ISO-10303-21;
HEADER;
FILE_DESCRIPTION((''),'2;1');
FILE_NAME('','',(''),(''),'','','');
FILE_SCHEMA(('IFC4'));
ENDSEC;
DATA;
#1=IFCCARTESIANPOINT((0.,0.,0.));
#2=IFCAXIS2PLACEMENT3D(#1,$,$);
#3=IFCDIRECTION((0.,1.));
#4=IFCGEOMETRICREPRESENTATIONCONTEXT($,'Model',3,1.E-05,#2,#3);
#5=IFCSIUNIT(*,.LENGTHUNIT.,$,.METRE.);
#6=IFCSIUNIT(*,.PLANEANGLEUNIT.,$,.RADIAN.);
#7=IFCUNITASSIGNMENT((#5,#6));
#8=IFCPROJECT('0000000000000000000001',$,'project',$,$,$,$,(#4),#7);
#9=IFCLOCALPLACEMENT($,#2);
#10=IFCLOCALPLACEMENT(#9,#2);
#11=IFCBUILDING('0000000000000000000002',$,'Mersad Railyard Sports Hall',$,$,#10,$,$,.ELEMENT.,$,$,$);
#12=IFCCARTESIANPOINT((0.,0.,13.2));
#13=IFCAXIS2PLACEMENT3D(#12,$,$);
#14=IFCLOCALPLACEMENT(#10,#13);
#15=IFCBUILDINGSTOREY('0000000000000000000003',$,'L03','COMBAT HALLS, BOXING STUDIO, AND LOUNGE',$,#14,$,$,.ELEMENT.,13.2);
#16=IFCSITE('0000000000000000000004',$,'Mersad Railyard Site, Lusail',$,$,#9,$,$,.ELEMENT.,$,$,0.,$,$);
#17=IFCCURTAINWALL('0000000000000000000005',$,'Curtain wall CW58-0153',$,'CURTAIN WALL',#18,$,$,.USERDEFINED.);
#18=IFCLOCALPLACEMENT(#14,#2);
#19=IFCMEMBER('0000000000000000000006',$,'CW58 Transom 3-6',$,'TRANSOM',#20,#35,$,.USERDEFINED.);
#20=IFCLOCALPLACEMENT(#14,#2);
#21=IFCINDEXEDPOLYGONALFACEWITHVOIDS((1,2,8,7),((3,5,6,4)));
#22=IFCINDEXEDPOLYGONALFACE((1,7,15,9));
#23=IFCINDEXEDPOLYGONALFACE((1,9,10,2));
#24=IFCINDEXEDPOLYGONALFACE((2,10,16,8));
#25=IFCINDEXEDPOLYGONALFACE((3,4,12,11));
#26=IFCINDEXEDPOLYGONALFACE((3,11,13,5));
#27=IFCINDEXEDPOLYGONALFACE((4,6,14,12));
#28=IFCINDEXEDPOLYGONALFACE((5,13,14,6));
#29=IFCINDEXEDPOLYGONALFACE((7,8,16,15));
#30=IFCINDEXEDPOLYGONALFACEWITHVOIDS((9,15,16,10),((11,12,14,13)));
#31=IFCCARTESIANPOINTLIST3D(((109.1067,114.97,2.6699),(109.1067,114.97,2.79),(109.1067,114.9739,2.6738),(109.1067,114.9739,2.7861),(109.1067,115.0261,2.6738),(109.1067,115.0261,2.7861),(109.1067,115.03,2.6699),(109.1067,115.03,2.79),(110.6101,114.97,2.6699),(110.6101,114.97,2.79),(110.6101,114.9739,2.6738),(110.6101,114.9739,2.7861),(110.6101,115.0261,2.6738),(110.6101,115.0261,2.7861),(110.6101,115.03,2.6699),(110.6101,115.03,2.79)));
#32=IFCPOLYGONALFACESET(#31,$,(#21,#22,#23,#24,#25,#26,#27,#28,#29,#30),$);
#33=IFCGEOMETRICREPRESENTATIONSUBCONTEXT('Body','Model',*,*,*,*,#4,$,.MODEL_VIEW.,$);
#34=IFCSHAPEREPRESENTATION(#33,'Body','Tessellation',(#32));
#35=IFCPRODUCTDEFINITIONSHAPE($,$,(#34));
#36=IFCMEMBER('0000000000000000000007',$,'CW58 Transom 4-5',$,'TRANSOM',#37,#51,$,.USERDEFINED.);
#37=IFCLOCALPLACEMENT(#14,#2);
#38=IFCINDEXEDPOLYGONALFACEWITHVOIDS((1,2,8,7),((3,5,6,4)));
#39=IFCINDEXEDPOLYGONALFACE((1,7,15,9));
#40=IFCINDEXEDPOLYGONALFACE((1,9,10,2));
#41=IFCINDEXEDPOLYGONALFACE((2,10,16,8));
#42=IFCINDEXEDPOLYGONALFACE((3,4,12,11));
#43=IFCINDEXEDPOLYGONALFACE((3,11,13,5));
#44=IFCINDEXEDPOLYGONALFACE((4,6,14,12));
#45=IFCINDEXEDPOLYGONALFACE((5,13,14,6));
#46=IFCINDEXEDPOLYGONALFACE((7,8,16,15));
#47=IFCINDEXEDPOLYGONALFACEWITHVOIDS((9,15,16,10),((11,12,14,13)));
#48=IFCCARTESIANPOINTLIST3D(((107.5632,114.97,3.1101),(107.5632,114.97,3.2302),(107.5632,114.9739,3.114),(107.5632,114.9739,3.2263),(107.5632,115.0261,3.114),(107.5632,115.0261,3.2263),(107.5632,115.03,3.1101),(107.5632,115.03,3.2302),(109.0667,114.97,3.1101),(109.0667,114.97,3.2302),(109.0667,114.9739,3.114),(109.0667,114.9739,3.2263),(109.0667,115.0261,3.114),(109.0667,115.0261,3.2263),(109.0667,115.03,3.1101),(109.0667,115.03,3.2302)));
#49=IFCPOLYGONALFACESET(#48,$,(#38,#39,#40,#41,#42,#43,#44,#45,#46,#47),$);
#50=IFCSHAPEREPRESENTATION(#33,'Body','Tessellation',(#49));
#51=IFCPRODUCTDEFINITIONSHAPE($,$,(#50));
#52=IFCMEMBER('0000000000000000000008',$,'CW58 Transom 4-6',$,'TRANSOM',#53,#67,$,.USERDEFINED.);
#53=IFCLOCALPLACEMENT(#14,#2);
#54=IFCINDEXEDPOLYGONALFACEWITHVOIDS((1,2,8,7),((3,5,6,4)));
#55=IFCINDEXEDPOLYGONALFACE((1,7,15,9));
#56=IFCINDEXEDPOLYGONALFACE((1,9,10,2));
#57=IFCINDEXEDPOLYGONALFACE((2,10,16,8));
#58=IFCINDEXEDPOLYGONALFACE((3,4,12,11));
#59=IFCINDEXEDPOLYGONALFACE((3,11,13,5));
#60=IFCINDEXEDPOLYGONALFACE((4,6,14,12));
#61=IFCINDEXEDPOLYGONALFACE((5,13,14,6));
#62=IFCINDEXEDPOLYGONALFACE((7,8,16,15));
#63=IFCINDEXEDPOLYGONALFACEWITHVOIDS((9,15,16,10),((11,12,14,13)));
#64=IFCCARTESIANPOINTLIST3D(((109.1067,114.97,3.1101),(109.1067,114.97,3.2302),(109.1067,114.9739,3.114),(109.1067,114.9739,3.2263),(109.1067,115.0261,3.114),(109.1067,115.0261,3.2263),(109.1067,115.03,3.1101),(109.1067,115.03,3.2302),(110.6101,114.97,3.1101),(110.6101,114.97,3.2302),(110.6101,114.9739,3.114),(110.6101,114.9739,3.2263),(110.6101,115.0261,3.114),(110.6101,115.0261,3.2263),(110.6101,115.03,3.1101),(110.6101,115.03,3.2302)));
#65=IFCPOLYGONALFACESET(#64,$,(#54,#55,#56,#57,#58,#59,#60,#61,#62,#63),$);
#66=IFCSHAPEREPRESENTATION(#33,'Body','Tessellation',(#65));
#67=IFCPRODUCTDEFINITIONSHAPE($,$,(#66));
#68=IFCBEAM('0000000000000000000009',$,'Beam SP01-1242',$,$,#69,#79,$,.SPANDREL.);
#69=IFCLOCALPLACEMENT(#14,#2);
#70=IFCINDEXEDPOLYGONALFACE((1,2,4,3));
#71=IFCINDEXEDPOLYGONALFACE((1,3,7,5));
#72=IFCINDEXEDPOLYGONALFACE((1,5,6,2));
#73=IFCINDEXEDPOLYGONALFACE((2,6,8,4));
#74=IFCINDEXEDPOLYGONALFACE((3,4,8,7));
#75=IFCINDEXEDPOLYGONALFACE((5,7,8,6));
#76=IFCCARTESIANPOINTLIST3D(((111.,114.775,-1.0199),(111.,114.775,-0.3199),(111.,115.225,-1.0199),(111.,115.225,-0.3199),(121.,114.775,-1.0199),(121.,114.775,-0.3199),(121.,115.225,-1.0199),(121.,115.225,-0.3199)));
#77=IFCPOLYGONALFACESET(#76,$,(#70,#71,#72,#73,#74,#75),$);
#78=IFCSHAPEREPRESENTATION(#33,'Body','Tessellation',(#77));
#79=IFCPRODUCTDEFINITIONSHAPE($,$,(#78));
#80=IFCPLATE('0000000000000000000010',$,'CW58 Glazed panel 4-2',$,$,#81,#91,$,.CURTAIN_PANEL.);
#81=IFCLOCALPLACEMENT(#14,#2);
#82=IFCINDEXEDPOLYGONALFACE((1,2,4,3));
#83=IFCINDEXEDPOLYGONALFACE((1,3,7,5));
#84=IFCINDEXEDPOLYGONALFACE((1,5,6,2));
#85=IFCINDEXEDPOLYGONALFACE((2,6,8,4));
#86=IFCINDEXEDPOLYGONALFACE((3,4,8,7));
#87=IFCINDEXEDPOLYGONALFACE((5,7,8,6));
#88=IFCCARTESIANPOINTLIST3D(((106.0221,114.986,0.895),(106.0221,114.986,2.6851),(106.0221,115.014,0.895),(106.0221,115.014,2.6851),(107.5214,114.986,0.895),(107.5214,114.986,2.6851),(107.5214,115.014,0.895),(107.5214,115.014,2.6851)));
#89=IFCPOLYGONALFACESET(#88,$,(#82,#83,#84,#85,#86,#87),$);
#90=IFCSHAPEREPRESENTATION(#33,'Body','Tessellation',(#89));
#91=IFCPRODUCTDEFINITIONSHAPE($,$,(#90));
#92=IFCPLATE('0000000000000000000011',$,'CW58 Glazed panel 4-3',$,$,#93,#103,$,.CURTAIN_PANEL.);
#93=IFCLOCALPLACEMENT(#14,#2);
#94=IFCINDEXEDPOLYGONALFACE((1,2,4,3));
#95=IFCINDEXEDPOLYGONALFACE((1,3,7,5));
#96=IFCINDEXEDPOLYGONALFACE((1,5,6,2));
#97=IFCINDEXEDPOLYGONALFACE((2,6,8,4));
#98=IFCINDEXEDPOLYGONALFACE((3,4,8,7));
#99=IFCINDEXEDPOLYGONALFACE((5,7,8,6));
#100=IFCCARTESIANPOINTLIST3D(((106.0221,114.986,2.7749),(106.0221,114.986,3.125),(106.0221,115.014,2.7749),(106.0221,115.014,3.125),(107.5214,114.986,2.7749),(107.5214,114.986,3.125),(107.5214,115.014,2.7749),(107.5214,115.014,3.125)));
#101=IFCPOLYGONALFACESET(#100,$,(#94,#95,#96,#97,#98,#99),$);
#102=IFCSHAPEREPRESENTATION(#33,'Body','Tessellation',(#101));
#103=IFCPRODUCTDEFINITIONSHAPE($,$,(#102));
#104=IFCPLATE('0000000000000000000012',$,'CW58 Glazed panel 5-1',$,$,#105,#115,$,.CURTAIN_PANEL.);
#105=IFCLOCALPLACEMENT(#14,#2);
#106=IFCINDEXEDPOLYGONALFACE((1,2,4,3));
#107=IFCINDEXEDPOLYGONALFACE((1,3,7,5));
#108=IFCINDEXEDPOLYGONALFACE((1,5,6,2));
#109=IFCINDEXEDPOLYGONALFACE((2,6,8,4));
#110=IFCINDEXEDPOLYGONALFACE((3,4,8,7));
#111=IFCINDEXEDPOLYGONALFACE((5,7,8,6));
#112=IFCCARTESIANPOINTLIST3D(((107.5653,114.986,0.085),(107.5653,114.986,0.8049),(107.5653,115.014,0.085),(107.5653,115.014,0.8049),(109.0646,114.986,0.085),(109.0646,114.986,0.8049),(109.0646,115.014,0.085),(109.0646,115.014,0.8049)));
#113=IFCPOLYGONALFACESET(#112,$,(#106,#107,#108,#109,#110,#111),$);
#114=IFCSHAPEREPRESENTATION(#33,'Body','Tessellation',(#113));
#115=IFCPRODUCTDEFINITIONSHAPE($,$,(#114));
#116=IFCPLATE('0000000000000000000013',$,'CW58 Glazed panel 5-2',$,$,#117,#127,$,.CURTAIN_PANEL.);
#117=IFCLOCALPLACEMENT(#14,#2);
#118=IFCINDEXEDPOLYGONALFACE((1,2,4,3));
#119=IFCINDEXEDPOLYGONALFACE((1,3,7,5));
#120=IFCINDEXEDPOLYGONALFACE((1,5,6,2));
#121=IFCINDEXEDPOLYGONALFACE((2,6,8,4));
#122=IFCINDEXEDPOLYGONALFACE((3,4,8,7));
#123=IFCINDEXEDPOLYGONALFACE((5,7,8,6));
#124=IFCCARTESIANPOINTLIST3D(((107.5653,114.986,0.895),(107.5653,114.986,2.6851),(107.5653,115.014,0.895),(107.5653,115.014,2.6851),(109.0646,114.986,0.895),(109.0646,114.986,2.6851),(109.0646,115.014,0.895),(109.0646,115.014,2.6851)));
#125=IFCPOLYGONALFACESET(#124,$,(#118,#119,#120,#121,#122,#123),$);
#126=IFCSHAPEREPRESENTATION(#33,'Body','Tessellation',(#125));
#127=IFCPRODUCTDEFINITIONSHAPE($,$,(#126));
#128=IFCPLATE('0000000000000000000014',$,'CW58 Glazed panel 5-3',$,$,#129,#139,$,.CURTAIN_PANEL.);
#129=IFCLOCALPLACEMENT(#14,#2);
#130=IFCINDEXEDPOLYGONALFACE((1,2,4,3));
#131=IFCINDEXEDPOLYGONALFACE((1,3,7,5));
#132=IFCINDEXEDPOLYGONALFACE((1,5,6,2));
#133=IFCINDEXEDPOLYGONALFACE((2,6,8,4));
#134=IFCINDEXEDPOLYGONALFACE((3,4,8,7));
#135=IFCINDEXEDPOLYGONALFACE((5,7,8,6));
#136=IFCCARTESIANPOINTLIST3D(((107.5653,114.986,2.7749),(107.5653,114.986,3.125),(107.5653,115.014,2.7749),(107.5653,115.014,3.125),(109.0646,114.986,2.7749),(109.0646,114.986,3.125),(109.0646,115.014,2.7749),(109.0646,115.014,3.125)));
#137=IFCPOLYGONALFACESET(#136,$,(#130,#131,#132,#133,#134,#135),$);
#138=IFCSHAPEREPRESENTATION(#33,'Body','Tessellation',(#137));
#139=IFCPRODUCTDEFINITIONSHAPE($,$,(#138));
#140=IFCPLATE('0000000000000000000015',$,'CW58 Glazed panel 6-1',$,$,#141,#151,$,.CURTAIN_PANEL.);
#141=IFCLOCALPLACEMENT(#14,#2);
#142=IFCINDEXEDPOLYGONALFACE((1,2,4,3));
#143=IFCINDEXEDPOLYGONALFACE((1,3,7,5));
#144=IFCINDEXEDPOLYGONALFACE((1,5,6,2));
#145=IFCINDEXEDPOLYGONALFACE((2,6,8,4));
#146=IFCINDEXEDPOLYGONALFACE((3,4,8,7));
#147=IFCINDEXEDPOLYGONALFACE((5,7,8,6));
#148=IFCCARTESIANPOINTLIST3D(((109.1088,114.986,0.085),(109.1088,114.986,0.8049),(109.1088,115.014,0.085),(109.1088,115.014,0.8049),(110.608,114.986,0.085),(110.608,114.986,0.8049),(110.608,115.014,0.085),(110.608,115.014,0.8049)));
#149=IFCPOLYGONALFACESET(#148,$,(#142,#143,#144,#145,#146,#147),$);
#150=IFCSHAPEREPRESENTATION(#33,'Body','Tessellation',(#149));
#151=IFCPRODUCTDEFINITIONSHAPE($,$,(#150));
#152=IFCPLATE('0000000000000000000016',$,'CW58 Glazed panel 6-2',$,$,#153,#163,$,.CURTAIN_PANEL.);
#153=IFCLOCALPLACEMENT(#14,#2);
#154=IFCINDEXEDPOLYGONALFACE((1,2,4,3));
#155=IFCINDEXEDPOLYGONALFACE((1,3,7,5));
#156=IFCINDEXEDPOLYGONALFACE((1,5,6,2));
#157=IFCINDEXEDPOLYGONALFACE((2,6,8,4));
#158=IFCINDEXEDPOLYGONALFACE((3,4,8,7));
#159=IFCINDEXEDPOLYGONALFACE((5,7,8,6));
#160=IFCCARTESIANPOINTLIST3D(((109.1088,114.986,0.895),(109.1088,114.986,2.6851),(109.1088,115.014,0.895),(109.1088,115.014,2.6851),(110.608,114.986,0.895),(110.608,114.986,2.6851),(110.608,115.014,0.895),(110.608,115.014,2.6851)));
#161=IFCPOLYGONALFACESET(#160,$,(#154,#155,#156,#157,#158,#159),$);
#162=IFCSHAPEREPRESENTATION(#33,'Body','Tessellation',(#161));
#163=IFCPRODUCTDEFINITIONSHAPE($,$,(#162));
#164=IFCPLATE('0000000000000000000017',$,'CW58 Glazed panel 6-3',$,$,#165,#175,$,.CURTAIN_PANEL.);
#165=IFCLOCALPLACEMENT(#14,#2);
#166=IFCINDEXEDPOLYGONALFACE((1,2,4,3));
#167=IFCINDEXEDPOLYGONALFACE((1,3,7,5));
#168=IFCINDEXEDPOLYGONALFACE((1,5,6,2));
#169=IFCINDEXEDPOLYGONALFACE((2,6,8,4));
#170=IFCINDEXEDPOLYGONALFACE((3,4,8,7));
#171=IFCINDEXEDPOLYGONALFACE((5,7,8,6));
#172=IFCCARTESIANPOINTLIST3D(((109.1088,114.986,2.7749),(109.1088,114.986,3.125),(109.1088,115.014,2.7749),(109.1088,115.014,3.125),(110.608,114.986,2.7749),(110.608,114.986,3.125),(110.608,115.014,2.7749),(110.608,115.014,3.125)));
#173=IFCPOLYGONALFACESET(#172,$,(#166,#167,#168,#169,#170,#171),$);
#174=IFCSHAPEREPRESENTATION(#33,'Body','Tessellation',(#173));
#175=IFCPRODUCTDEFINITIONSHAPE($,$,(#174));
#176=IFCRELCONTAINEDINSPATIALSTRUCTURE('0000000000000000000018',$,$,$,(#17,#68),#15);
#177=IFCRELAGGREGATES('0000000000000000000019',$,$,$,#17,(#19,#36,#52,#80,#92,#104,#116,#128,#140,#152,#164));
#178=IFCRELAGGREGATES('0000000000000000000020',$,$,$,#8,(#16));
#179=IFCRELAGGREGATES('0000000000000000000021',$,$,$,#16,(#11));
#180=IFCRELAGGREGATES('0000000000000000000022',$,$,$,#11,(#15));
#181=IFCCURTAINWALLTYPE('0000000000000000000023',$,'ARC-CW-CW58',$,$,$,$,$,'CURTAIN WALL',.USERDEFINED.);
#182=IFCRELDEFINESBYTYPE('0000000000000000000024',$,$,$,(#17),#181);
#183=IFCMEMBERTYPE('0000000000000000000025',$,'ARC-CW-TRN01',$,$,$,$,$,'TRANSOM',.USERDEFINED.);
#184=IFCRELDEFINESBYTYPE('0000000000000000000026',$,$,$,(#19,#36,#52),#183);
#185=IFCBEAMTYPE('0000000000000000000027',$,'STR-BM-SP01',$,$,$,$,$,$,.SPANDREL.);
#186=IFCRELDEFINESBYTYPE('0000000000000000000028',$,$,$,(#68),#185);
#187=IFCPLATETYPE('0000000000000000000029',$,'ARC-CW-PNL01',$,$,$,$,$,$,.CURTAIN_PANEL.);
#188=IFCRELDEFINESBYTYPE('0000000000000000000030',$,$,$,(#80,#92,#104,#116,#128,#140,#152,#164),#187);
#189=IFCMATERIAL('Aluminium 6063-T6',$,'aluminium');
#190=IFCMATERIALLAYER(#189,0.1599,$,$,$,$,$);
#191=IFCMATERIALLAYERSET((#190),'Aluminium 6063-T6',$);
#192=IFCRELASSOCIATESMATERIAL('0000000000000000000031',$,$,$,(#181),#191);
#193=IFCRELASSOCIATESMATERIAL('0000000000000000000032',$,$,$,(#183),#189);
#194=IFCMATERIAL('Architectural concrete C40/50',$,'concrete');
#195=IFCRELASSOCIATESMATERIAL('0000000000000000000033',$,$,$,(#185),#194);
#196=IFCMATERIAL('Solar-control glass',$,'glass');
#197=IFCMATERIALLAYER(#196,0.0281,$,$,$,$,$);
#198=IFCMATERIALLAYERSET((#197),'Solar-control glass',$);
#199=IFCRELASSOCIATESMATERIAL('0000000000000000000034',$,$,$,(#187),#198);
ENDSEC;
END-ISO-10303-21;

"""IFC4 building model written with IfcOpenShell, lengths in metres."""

from ifc_helpers import new_model, si_unit, direction, frame, origin, origin_2d, place, context, subcontext, project, spatial, rectangle, hollow_rectangle, extrude, material, layer, layer_set, material_profile, profile_set, type_object, element, aggregate, save


model = new_model("IFC4")

# Units and contexts
model_context = context("Model", 3, precision=1e-05, world=origin(), true_north=direction((0.0, 1.0)))
body_context = subcontext(model_context, "Body", "Model", "MODEL_VIEW")
ifc_project = project(units=[si_unit("LENGTHUNIT", "METRE"), si_unit("PLANEANGLEUNIT", "RADIAN")], contexts=[model_context])

# Site, building, storey
site_placement = place(None, origin())
site = spatial("IfcSite", under=ifc_project, at=site_placement, Name="Mersad Railyard Site, Lusail", CompositionType="ELEMENT", RefElevation=0.0)
building_placement = place(site_placement, origin())
building = spatial("IfcBuilding", under=site, at=building_placement, Name="Mersad Railyard Sports Hall", CompositionType="ELEMENT")
storey_placement = place(building_placement, frame((0.0, 0.0, 13.2)))
storey = spatial("IfcBuildingStorey", under=building, at=storey_placement, Name="L03", Description="COMBAT HALLS, BOXING STUDIO, AND LOUNGE", CompositionType="ELEMENT", Elevation=13.2)

# Shared definitions
ifc_material_1 = material(Name="Architectural concrete C40/50", Category="concrete")

# Curtain wall, members
ifc_material_2 = material(Name="Aluminium 6063-T6", Category="aluminium")
ifc_layer_1 = layer(ifc_material_2, 0.1599)
ifc_layer_set_1 = layer_set([ifc_layer_1], Name="Aluminium 6063-T6")
curtain_wall_type = type_object("IfcCurtainWallType", Name="ARC-CW-CW58", ElementType="CURTAIN WALL", PredefinedType="USERDEFINED", material=ifc_layer_set_1)
curtain_wall_placement = place(storey_placement, origin())
curtain_wall = element("IfcCurtainWall", 1, at=curtain_wall_placement, inside=storey, type_object=curtain_wall_type, Name="Curtain wall CW58-0153", ObjectType="CURTAIN WALL", PredefinedType="USERDEFINED")
ifc_material_profile_1 = material_profile(ifc_material_2, hollow_rectangle(XDim=0.0601, YDim=0.1201, WallThickness=0.0039, at=origin_2d()), Name="AL TRANSOM 60x120x4")
ifc_profile_set_1 = profile_set([ifc_material_profile_1], Name="Aluminium 6063-T6")
member_type_1 = type_object("IfcMemberType", Name="ARC-CW-TRN01", ElementType="TRANSOM", PredefinedType="USERDEFINED", material=ifc_profile_set_1)
member_1_placement = place(storey_placement, frame((109.1067, 115.0, 2.73), z_axis=(1.0, 0.0, 0.0), x_axis=(0.0, 1.0, 0.0)))
member_1 = element("IfcMember", 2, at=member_1_placement, type_object=member_type_1, Name="CW58 Transom 3-6", ObjectType="TRANSOM", PredefinedType="USERDEFINED", context=body_context, shape_type="SweptSolid", body=[
    extrude(hollow_rectangle(XDim=0.0601, YDim=0.1201, WallThickness=0.0039, at=origin_2d()), origin(), (0.0, 0.0, 1.0), 1.5034),
])
member_2_placement = place(storey_placement, frame((107.5632, 115.0, 3.1702), z_axis=(1.0, 0.0, 0.0), x_axis=(0.0, 1.0, 0.0)))
member_2 = element("IfcMember", 3, at=member_2_placement, type_object=member_type_1, Name="CW58 Transom 4-5", ObjectType="TRANSOM", PredefinedType="USERDEFINED", context=body_context, shape_type="SweptSolid", body=[
    extrude(hollow_rectangle(XDim=0.0601, YDim=0.1201, WallThickness=0.0039, at=origin_2d()), origin(), (0.0, 0.0, 1.0), 1.5034),
])
member_3_placement = place(storey_placement, frame((109.1067, 115.0, 3.1702), z_axis=(1.0, 0.0, 0.0), x_axis=(0.0, 1.0, 0.0)))
member_3 = element("IfcMember", 4, at=member_3_placement, type_object=member_type_1, Name="CW58 Transom 4-6", ObjectType="TRANSOM", PredefinedType="USERDEFINED", context=body_context, shape_type="SweptSolid", body=[
    extrude(hollow_rectangle(XDim=0.0601, YDim=0.1201, WallThickness=0.0039, at=origin_2d()), origin(), (0.0, 0.0, 1.0), 1.5034),
])

# Beam
ifc_material_profile_2 = material_profile(ifc_material_1, rectangle(XDim=0.45, YDim=0.7, at=origin_2d()), Name="RC 450x700")
ifc_profile_set_2 = profile_set([ifc_material_profile_2], Name="Architectural concrete C40/50")
beam_type = type_object("IfcBeamType", Name="STR-BM-SP01", PredefinedType="SPANDREL", material=ifc_profile_set_2)
beam_placement = place(storey_placement, frame((111.0, 115.0, -0.6699), z_axis=(1.0, 0.0, 0.0), x_axis=(0.0, 1.0, 0.0)))
element("IfcBeam", 5, at=beam_placement, inside=storey, type_object=beam_type, Name="Beam SP01-1242", PredefinedType="SPANDREL", context=body_context, shape_type="SweptSolid", body=[
    extrude(rectangle(XDim=0.45, YDim=0.7, at=origin_2d()), origin(), (0.0, 0.0, 1.0), 10.0),
])

# Plates
ifc_material_3 = material(Name="Solar-control glass", Category="glass")
ifc_layer_2 = layer(ifc_material_3, 0.0281)
ifc_layer_set_2 = layer_set([ifc_layer_2], Name="Solar-control glass")
plate_type = type_object("IfcPlateType", Name="ARC-CW-PNL01", PredefinedType="CURTAIN_PANEL", material=ifc_layer_set_2)
plate_1_placement = place(storey_placement, frame((106.7717, 115.0, 0.895), z_axis=(0.0, 0.0, 1.0), x_axis=(1.0, 0.0, 0.0)))
plate_1 = element("IfcPlate", 6, at=plate_1_placement, type_object=plate_type, Name="CW58 Glazed panel 4-2", PredefinedType="CURTAIN_PANEL", context=body_context, shape_type="SweptSolid", body=[
    extrude(rectangle(XDim=1.4993, YDim=0.0281, at=origin_2d()), origin(), (0.0, 0.0, 1.0), 1.79),
])
plate_2_placement = place(storey_placement, frame((106.7717, 115.0, 2.7749), z_axis=(0.0, 0.0, 1.0), x_axis=(1.0, 0.0, 0.0)))
plate_2 = element("IfcPlate", 7, at=plate_2_placement, type_object=plate_type, Name="CW58 Glazed panel 4-3", PredefinedType="CURTAIN_PANEL", context=body_context, shape_type="SweptSolid", body=[
    extrude(rectangle(XDim=1.4993, YDim=0.0281, at=origin_2d()), origin(), (0.0, 0.0, 1.0), 0.3501),
])
plate_3_placement = place(storey_placement, frame((108.3149, 115.0, 0.085), z_axis=(0.0, 0.0, 1.0), x_axis=(1.0, 0.0, 0.0)))
plate_3 = element("IfcPlate", 8, at=plate_3_placement, type_object=plate_type, Name="CW58 Glazed panel 5-1", PredefinedType="CURTAIN_PANEL", context=body_context, shape_type="SweptSolid", body=[
    extrude(rectangle(XDim=1.4993, YDim=0.0281, at=origin_2d()), origin(), (0.0, 0.0, 1.0), 0.72),
])
plate_4_placement = place(storey_placement, frame((108.3149, 115.0, 0.895), z_axis=(0.0, 0.0, 1.0), x_axis=(1.0, 0.0, 0.0)))
plate_4 = element("IfcPlate", 9, at=plate_4_placement, type_object=plate_type, Name="CW58 Glazed panel 5-2", PredefinedType="CURTAIN_PANEL", context=body_context, shape_type="SweptSolid", body=[
    extrude(rectangle(XDim=1.4993, YDim=0.0281, at=origin_2d()), origin(), (0.0, 0.0, 1.0), 1.79),
])
plate_5_placement = place(storey_placement, frame((108.3149, 115.0, 2.7749), z_axis=(0.0, 0.0, 1.0), x_axis=(1.0, 0.0, 0.0)))
plate_5 = element("IfcPlate", 10, at=plate_5_placement, type_object=plate_type, Name="CW58 Glazed panel 5-3", PredefinedType="CURTAIN_PANEL", context=body_context, shape_type="SweptSolid", body=[
    extrude(rectangle(XDim=1.4993, YDim=0.0281, at=origin_2d()), origin(), (0.0, 0.0, 1.0), 0.3501),
])
plate_6_placement = place(storey_placement, frame((109.8584, 115.0, 0.085), z_axis=(0.0, 0.0, 1.0), x_axis=(1.0, 0.0, 0.0)))
plate_6 = element("IfcPlate", 11, at=plate_6_placement, type_object=plate_type, Name="CW58 Glazed panel 6-1", PredefinedType="CURTAIN_PANEL", context=body_context, shape_type="SweptSolid", body=[
    extrude(rectangle(XDim=1.4993, YDim=0.0281, at=origin_2d()), origin(), (0.0, 0.0, 1.0), 0.72),
])
plate_7_placement = place(storey_placement, frame((109.8584, 115.0, 0.895), z_axis=(0.0, 0.0, 1.0), x_axis=(1.0, 0.0, 0.0)))
plate_7 = element("IfcPlate", 12, at=plate_7_placement, type_object=plate_type, Name="CW58 Glazed panel 6-2", PredefinedType="CURTAIN_PANEL", context=body_context, shape_type="SweptSolid", body=[
    extrude(rectangle(XDim=1.4993, YDim=0.0281, at=origin_2d()), origin(), (0.0, 0.0, 1.0), 1.79),
])
plate_8_placement = place(storey_placement, frame((109.8584, 115.0, 2.7749), z_axis=(0.0, 0.0, 1.0), x_axis=(1.0, 0.0, 0.0)))
plate_8 = element("IfcPlate", 13, at=plate_8_placement, type_object=plate_type, Name="CW58 Glazed panel 6-3", PredefinedType="CURTAIN_PANEL", context=body_context, shape_type="SweptSolid", body=[
    extrude(rectangle(XDim=1.4993, YDim=0.0281, at=origin_2d()), origin(), (0.0, 0.0, 1.0), 0.3501),
])
aggregate(curtain_wall, [member_1, member_2, member_3, plate_1, plate_2, plate_3, plate_4, plate_5, plate_6, plate_7, plate_8])

save(model, "model.ifc")
